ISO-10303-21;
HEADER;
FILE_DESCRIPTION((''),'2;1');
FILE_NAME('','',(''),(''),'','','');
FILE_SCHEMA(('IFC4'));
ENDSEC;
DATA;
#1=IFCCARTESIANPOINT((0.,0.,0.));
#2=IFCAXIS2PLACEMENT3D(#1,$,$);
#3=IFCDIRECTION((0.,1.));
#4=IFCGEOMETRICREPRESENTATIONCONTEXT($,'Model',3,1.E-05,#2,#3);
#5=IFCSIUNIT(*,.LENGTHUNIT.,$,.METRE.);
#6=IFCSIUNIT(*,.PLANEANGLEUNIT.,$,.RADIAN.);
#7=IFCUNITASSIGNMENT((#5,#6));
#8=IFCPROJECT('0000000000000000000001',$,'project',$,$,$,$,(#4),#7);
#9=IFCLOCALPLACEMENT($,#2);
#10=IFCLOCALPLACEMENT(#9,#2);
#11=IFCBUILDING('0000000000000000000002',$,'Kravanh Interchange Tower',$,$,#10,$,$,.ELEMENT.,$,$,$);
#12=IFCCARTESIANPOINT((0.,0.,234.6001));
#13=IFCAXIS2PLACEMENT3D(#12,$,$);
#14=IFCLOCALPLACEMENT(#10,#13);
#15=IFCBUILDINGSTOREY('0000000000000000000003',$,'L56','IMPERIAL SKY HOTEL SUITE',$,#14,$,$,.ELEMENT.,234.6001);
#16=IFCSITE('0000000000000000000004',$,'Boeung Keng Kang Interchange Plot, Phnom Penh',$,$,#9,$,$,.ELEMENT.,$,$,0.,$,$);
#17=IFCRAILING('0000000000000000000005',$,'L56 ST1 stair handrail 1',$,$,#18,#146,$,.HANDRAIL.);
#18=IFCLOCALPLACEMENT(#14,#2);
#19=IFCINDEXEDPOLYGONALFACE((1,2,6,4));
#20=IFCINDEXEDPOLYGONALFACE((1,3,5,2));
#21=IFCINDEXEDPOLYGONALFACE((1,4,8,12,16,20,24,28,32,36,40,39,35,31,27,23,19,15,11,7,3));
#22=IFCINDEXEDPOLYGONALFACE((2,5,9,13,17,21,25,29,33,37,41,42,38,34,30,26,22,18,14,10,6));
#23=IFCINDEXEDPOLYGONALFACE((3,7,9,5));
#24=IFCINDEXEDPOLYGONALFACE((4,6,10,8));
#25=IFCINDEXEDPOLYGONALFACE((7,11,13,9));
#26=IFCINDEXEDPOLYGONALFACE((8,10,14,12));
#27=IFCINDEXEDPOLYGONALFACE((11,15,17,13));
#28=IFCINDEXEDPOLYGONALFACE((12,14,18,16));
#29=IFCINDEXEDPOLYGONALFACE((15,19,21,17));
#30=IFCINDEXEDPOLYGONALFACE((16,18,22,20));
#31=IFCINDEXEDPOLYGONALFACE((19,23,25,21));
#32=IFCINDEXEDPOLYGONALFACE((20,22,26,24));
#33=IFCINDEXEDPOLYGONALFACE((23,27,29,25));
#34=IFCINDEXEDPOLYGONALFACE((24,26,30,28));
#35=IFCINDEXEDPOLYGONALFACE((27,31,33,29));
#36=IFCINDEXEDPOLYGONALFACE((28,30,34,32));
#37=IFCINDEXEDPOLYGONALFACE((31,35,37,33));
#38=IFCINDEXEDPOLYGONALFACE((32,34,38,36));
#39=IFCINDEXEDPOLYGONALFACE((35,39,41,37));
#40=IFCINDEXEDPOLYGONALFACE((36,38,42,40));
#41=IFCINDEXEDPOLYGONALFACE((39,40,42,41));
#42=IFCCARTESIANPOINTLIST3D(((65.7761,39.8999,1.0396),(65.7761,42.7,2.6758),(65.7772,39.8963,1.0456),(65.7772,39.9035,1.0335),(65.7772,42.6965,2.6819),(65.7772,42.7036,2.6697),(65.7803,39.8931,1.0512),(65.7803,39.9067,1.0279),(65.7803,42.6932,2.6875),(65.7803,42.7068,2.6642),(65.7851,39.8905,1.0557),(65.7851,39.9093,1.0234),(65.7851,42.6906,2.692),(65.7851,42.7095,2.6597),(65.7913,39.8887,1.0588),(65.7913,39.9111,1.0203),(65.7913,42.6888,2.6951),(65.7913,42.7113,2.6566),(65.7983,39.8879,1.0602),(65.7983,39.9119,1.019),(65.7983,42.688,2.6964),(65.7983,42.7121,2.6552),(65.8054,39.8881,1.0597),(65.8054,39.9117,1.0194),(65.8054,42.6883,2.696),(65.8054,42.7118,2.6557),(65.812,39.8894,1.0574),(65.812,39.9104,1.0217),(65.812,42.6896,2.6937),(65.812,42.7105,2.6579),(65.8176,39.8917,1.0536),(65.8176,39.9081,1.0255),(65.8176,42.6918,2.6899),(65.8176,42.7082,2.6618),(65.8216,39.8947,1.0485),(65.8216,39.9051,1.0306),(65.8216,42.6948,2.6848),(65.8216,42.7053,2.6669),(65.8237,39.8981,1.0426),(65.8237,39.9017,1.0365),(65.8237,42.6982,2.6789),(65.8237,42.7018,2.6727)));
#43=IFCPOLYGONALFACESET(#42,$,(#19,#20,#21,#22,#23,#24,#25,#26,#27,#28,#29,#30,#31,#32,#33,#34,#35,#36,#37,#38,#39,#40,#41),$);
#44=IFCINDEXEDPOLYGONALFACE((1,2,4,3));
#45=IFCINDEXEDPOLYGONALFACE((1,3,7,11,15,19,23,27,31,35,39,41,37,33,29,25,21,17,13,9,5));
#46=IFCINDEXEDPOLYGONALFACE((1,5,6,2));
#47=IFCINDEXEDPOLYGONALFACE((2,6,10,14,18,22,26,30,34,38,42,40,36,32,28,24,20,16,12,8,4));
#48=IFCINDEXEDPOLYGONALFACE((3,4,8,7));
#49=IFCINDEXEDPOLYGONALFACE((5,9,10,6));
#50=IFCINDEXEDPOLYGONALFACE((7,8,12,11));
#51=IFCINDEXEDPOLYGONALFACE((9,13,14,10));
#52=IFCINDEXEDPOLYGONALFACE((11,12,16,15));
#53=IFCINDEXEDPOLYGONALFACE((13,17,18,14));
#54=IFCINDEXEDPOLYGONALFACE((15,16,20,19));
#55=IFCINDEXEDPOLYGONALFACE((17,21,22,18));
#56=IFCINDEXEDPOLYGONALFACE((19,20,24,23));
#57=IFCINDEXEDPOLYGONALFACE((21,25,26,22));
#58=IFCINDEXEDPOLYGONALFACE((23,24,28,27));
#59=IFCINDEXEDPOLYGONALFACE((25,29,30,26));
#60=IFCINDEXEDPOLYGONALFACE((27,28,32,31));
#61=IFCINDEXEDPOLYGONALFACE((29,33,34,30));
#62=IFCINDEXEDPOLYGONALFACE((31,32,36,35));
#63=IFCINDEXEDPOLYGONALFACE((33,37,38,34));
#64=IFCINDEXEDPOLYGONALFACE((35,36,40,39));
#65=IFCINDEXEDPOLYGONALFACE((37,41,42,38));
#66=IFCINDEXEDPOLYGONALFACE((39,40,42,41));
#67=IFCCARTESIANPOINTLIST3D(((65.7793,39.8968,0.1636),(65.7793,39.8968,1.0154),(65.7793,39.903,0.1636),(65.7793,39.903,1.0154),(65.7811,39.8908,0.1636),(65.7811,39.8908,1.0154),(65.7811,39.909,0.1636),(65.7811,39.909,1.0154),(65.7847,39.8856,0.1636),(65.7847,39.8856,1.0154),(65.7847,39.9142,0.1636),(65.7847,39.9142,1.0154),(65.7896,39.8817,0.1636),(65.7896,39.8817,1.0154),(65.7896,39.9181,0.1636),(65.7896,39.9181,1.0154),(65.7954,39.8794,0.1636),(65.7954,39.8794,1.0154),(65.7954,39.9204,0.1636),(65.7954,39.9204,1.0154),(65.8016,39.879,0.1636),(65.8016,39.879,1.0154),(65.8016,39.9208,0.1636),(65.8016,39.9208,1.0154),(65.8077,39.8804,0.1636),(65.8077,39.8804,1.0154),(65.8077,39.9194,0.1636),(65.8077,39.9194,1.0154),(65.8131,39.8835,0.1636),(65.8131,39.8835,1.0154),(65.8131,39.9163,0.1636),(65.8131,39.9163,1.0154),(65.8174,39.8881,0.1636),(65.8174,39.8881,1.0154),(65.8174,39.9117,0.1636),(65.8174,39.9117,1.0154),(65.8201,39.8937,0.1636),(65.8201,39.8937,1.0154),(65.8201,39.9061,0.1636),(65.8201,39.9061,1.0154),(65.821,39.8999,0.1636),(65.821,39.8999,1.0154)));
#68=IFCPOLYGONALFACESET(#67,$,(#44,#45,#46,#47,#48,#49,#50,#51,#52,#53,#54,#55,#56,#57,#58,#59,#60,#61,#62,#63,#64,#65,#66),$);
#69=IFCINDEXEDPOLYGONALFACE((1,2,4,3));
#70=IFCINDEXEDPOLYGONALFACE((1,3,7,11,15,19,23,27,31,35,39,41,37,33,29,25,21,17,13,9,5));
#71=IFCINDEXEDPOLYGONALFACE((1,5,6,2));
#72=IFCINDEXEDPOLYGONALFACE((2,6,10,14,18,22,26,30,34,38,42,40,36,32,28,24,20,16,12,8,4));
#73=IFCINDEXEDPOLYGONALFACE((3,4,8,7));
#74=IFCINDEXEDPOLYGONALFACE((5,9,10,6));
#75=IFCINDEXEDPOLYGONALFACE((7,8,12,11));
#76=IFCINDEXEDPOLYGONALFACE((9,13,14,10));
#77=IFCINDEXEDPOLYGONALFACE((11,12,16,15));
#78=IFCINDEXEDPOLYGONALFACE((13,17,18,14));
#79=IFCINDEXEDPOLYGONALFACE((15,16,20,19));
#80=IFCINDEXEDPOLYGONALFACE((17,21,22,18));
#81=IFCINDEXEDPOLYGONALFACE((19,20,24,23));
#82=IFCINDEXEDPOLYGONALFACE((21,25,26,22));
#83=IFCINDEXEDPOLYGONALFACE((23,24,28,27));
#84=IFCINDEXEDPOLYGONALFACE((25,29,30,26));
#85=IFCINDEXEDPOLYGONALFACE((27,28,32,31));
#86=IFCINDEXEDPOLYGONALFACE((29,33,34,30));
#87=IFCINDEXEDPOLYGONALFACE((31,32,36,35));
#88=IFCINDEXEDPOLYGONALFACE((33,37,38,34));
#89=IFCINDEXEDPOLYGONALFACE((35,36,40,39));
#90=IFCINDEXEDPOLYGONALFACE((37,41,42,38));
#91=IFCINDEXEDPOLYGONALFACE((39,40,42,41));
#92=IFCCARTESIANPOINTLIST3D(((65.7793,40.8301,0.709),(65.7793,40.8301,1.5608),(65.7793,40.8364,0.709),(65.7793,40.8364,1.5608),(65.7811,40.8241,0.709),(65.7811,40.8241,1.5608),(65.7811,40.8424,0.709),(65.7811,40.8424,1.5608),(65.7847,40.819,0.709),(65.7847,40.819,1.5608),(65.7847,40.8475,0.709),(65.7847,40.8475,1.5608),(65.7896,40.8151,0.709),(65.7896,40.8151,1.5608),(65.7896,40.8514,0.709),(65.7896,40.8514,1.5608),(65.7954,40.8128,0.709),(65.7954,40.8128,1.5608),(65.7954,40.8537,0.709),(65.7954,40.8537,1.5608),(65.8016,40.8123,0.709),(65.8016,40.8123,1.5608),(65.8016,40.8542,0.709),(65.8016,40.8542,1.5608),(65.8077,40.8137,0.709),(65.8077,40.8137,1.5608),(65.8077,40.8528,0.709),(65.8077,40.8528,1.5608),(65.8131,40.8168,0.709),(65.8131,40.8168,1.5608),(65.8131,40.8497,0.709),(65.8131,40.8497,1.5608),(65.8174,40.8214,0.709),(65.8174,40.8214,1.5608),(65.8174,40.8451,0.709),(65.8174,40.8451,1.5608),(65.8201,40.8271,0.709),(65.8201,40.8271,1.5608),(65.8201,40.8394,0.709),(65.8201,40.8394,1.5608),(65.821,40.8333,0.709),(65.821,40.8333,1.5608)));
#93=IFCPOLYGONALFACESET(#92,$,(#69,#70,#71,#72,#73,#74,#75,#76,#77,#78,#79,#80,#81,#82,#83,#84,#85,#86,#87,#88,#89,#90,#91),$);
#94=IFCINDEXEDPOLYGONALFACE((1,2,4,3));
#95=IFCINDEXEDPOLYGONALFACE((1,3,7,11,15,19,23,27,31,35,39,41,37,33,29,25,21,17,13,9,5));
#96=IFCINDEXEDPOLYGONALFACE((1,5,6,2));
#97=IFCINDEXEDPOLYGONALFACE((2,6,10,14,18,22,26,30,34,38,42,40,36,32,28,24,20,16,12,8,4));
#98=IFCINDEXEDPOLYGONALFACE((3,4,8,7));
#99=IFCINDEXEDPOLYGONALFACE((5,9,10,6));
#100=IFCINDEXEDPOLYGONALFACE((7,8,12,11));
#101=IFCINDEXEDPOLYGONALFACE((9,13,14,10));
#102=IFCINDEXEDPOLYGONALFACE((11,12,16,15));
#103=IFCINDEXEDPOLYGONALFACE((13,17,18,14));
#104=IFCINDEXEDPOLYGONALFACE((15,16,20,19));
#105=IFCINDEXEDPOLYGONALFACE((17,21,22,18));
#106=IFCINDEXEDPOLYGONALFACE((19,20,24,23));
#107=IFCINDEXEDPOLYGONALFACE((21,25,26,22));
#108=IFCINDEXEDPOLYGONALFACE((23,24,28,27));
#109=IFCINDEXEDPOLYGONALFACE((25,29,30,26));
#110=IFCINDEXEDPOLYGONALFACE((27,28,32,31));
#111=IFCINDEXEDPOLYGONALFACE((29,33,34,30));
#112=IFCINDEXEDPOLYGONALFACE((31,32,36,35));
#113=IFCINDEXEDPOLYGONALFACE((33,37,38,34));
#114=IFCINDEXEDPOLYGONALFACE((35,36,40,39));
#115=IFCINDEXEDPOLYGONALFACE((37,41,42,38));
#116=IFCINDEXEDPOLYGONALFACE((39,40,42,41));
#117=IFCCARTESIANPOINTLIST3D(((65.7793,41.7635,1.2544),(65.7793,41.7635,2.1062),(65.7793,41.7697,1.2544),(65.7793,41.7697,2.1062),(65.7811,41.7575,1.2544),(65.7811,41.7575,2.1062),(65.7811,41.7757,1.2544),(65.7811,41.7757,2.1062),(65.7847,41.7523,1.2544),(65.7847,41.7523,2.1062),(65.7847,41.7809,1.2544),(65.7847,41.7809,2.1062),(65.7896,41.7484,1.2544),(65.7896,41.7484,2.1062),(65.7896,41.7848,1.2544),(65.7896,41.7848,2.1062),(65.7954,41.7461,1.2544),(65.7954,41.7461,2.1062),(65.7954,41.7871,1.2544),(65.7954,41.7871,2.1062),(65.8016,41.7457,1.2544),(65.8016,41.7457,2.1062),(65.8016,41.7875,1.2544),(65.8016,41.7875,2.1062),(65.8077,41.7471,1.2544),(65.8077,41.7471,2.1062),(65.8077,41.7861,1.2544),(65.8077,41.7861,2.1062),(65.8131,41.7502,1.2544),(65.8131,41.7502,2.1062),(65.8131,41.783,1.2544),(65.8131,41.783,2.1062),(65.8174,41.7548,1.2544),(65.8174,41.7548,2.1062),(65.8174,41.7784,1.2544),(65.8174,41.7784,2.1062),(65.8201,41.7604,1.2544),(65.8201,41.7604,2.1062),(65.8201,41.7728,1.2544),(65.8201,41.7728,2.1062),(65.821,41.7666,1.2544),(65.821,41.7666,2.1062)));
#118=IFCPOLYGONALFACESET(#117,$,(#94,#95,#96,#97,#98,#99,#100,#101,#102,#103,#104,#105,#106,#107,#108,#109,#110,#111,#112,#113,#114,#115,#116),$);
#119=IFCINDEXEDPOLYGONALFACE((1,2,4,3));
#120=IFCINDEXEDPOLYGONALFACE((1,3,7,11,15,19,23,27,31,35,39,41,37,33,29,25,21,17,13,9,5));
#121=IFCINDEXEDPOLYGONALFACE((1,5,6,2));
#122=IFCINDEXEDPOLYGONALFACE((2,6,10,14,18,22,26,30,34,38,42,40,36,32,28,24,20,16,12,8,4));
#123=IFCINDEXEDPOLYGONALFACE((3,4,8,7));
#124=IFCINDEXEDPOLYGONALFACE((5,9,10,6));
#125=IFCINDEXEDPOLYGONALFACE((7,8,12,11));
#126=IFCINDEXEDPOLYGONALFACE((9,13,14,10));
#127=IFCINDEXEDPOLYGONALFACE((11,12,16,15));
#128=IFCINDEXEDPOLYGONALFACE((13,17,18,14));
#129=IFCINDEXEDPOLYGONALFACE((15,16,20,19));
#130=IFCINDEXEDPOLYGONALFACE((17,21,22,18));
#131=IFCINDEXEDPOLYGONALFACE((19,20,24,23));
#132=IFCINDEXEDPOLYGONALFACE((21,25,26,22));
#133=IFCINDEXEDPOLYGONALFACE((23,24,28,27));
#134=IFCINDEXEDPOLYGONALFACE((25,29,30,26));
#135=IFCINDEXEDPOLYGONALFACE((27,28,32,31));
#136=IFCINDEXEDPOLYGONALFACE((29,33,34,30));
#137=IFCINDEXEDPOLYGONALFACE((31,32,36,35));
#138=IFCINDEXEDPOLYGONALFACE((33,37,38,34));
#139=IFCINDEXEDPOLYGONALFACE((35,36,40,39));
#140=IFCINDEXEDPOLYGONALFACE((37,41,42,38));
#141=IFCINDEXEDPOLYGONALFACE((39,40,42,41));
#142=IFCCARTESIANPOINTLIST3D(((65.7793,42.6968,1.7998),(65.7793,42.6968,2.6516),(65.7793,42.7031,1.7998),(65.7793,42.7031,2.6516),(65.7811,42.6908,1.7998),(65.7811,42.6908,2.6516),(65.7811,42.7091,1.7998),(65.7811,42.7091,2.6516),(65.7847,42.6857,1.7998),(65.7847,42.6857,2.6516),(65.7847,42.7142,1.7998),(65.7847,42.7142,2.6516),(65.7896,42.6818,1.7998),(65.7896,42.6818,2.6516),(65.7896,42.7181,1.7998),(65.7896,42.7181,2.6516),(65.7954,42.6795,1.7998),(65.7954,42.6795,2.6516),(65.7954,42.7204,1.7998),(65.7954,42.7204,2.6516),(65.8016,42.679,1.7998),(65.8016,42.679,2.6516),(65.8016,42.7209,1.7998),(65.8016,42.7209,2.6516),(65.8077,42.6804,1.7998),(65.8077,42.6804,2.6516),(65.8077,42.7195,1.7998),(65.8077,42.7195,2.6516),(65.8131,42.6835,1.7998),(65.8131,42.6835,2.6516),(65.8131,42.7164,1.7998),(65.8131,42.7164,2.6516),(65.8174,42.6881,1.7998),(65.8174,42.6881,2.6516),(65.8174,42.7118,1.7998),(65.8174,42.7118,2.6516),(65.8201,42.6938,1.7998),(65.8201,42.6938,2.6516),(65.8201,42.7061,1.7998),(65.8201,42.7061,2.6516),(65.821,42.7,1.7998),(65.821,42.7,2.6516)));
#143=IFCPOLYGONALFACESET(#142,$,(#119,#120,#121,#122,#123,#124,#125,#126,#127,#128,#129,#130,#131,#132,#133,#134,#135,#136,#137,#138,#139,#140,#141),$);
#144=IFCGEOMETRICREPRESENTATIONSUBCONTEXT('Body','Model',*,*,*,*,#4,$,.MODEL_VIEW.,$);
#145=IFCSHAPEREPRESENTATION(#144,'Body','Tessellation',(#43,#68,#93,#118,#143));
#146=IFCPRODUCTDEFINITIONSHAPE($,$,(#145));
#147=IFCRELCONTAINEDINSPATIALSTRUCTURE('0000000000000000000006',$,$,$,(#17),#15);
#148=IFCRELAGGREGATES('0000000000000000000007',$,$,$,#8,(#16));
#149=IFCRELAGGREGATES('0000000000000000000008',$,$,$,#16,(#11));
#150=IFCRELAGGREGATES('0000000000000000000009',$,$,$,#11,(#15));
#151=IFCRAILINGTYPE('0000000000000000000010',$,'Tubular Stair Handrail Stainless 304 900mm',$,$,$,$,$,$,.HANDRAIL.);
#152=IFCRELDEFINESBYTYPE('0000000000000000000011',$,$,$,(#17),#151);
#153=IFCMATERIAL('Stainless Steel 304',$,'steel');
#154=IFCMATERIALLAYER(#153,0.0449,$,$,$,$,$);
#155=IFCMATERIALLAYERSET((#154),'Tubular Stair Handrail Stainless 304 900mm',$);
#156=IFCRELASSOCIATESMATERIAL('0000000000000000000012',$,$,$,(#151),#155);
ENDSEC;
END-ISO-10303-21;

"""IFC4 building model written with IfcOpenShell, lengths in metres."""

from ifc_helpers import new_model, si_unit, direction, frame, origin, origin_2d, place, context, subcontext, project, spatial, circle, extrude, material, layer, layer_set, type_object, element, save


model = new_model("IFC4")

# Units and contexts
model_context = context("Model", 3, precision=1e-05, world=origin(), true_north=direction((0.0, 1.0)))
body_context = subcontext(model_context, "Body", "Model", "MODEL_VIEW")
ifc_project = project(units=[si_unit("LENGTHUNIT", "METRE"), si_unit("PLANEANGLEUNIT", "RADIAN")], contexts=[model_context])

# Site, building, storey
site_placement = place(None, origin())
site = spatial("IfcSite", under=ifc_project, at=site_placement, Name="Boeung Keng Kang Interchange Plot, Phnom Penh", CompositionType="ELEMENT", RefElevation=0.0)
building_placement = place(site_placement, origin())
building = spatial("IfcBuilding", under=site, at=building_placement, Name="Kravanh Interchange Tower", CompositionType="ELEMENT")
storey_placement = place(building_placement, frame((0.0, 0.0, 234.6001)))
storey = spatial("IfcBuildingStorey", under=building, at=storey_placement, Name="L56", Description="IMPERIAL SKY HOTEL SUITE", CompositionType="ELEMENT", Elevation=234.6001)

# Railing
ifc_material_1 = material(Name="Stainless Steel 304", Category="steel")
ifc_layer_1 = layer(ifc_material_1, 0.0449)
ifc_layer_set_1 = layer_set([ifc_layer_1], Name="Tubular Stair Handrail Stainless 304 900mm")
railing_type_1 = type_object("IfcRailingType", Name="Tubular Stair Handrail Stainless 304 900mm", PredefinedType="HANDRAIL", material=ifc_layer_set_1)
railing_1_placement = place(storey_placement, frame((65.8, 39.8999, 0.1636)))
element("IfcRailing", 1, at=railing_1_placement, inside=storey, type_object=railing_type_1, Name="L56 ST1 stair handrail 1", PredefinedType="HANDRAIL", context=body_context, shape_type="SweptSolid", body=[
    extrude(circle(Radius=0.0239, at=origin_2d()), frame((0.0, 0.0, 0.876), z_axis=(0.0, 0.863394, 0.504531), x_axis=(-1.0, 0.0, 0.0)), (0.0, 0.0, 1.0), 3.2432),
    extrude(circle(Radius=0.021, at=origin_2d()), origin(), (0.0, 0.0, 1.0), 0.8518),
    extrude(circle(Radius=0.021, at=origin_2d()), frame((0.0, 0.9333, 0.5454)), (0.0, 0.0, 1.0), 0.8518),
    extrude(circle(Radius=0.021, at=origin_2d()), frame((0.0, 1.8667, 1.0908)), (0.0, 0.0, 1.0), 0.8518),
    extrude(circle(Radius=0.021, at=origin_2d()), frame((0.0, 2.8, 1.6362)), (0.0, 0.0, 1.0), 0.8518),
])

save(model, "model.ifc")
